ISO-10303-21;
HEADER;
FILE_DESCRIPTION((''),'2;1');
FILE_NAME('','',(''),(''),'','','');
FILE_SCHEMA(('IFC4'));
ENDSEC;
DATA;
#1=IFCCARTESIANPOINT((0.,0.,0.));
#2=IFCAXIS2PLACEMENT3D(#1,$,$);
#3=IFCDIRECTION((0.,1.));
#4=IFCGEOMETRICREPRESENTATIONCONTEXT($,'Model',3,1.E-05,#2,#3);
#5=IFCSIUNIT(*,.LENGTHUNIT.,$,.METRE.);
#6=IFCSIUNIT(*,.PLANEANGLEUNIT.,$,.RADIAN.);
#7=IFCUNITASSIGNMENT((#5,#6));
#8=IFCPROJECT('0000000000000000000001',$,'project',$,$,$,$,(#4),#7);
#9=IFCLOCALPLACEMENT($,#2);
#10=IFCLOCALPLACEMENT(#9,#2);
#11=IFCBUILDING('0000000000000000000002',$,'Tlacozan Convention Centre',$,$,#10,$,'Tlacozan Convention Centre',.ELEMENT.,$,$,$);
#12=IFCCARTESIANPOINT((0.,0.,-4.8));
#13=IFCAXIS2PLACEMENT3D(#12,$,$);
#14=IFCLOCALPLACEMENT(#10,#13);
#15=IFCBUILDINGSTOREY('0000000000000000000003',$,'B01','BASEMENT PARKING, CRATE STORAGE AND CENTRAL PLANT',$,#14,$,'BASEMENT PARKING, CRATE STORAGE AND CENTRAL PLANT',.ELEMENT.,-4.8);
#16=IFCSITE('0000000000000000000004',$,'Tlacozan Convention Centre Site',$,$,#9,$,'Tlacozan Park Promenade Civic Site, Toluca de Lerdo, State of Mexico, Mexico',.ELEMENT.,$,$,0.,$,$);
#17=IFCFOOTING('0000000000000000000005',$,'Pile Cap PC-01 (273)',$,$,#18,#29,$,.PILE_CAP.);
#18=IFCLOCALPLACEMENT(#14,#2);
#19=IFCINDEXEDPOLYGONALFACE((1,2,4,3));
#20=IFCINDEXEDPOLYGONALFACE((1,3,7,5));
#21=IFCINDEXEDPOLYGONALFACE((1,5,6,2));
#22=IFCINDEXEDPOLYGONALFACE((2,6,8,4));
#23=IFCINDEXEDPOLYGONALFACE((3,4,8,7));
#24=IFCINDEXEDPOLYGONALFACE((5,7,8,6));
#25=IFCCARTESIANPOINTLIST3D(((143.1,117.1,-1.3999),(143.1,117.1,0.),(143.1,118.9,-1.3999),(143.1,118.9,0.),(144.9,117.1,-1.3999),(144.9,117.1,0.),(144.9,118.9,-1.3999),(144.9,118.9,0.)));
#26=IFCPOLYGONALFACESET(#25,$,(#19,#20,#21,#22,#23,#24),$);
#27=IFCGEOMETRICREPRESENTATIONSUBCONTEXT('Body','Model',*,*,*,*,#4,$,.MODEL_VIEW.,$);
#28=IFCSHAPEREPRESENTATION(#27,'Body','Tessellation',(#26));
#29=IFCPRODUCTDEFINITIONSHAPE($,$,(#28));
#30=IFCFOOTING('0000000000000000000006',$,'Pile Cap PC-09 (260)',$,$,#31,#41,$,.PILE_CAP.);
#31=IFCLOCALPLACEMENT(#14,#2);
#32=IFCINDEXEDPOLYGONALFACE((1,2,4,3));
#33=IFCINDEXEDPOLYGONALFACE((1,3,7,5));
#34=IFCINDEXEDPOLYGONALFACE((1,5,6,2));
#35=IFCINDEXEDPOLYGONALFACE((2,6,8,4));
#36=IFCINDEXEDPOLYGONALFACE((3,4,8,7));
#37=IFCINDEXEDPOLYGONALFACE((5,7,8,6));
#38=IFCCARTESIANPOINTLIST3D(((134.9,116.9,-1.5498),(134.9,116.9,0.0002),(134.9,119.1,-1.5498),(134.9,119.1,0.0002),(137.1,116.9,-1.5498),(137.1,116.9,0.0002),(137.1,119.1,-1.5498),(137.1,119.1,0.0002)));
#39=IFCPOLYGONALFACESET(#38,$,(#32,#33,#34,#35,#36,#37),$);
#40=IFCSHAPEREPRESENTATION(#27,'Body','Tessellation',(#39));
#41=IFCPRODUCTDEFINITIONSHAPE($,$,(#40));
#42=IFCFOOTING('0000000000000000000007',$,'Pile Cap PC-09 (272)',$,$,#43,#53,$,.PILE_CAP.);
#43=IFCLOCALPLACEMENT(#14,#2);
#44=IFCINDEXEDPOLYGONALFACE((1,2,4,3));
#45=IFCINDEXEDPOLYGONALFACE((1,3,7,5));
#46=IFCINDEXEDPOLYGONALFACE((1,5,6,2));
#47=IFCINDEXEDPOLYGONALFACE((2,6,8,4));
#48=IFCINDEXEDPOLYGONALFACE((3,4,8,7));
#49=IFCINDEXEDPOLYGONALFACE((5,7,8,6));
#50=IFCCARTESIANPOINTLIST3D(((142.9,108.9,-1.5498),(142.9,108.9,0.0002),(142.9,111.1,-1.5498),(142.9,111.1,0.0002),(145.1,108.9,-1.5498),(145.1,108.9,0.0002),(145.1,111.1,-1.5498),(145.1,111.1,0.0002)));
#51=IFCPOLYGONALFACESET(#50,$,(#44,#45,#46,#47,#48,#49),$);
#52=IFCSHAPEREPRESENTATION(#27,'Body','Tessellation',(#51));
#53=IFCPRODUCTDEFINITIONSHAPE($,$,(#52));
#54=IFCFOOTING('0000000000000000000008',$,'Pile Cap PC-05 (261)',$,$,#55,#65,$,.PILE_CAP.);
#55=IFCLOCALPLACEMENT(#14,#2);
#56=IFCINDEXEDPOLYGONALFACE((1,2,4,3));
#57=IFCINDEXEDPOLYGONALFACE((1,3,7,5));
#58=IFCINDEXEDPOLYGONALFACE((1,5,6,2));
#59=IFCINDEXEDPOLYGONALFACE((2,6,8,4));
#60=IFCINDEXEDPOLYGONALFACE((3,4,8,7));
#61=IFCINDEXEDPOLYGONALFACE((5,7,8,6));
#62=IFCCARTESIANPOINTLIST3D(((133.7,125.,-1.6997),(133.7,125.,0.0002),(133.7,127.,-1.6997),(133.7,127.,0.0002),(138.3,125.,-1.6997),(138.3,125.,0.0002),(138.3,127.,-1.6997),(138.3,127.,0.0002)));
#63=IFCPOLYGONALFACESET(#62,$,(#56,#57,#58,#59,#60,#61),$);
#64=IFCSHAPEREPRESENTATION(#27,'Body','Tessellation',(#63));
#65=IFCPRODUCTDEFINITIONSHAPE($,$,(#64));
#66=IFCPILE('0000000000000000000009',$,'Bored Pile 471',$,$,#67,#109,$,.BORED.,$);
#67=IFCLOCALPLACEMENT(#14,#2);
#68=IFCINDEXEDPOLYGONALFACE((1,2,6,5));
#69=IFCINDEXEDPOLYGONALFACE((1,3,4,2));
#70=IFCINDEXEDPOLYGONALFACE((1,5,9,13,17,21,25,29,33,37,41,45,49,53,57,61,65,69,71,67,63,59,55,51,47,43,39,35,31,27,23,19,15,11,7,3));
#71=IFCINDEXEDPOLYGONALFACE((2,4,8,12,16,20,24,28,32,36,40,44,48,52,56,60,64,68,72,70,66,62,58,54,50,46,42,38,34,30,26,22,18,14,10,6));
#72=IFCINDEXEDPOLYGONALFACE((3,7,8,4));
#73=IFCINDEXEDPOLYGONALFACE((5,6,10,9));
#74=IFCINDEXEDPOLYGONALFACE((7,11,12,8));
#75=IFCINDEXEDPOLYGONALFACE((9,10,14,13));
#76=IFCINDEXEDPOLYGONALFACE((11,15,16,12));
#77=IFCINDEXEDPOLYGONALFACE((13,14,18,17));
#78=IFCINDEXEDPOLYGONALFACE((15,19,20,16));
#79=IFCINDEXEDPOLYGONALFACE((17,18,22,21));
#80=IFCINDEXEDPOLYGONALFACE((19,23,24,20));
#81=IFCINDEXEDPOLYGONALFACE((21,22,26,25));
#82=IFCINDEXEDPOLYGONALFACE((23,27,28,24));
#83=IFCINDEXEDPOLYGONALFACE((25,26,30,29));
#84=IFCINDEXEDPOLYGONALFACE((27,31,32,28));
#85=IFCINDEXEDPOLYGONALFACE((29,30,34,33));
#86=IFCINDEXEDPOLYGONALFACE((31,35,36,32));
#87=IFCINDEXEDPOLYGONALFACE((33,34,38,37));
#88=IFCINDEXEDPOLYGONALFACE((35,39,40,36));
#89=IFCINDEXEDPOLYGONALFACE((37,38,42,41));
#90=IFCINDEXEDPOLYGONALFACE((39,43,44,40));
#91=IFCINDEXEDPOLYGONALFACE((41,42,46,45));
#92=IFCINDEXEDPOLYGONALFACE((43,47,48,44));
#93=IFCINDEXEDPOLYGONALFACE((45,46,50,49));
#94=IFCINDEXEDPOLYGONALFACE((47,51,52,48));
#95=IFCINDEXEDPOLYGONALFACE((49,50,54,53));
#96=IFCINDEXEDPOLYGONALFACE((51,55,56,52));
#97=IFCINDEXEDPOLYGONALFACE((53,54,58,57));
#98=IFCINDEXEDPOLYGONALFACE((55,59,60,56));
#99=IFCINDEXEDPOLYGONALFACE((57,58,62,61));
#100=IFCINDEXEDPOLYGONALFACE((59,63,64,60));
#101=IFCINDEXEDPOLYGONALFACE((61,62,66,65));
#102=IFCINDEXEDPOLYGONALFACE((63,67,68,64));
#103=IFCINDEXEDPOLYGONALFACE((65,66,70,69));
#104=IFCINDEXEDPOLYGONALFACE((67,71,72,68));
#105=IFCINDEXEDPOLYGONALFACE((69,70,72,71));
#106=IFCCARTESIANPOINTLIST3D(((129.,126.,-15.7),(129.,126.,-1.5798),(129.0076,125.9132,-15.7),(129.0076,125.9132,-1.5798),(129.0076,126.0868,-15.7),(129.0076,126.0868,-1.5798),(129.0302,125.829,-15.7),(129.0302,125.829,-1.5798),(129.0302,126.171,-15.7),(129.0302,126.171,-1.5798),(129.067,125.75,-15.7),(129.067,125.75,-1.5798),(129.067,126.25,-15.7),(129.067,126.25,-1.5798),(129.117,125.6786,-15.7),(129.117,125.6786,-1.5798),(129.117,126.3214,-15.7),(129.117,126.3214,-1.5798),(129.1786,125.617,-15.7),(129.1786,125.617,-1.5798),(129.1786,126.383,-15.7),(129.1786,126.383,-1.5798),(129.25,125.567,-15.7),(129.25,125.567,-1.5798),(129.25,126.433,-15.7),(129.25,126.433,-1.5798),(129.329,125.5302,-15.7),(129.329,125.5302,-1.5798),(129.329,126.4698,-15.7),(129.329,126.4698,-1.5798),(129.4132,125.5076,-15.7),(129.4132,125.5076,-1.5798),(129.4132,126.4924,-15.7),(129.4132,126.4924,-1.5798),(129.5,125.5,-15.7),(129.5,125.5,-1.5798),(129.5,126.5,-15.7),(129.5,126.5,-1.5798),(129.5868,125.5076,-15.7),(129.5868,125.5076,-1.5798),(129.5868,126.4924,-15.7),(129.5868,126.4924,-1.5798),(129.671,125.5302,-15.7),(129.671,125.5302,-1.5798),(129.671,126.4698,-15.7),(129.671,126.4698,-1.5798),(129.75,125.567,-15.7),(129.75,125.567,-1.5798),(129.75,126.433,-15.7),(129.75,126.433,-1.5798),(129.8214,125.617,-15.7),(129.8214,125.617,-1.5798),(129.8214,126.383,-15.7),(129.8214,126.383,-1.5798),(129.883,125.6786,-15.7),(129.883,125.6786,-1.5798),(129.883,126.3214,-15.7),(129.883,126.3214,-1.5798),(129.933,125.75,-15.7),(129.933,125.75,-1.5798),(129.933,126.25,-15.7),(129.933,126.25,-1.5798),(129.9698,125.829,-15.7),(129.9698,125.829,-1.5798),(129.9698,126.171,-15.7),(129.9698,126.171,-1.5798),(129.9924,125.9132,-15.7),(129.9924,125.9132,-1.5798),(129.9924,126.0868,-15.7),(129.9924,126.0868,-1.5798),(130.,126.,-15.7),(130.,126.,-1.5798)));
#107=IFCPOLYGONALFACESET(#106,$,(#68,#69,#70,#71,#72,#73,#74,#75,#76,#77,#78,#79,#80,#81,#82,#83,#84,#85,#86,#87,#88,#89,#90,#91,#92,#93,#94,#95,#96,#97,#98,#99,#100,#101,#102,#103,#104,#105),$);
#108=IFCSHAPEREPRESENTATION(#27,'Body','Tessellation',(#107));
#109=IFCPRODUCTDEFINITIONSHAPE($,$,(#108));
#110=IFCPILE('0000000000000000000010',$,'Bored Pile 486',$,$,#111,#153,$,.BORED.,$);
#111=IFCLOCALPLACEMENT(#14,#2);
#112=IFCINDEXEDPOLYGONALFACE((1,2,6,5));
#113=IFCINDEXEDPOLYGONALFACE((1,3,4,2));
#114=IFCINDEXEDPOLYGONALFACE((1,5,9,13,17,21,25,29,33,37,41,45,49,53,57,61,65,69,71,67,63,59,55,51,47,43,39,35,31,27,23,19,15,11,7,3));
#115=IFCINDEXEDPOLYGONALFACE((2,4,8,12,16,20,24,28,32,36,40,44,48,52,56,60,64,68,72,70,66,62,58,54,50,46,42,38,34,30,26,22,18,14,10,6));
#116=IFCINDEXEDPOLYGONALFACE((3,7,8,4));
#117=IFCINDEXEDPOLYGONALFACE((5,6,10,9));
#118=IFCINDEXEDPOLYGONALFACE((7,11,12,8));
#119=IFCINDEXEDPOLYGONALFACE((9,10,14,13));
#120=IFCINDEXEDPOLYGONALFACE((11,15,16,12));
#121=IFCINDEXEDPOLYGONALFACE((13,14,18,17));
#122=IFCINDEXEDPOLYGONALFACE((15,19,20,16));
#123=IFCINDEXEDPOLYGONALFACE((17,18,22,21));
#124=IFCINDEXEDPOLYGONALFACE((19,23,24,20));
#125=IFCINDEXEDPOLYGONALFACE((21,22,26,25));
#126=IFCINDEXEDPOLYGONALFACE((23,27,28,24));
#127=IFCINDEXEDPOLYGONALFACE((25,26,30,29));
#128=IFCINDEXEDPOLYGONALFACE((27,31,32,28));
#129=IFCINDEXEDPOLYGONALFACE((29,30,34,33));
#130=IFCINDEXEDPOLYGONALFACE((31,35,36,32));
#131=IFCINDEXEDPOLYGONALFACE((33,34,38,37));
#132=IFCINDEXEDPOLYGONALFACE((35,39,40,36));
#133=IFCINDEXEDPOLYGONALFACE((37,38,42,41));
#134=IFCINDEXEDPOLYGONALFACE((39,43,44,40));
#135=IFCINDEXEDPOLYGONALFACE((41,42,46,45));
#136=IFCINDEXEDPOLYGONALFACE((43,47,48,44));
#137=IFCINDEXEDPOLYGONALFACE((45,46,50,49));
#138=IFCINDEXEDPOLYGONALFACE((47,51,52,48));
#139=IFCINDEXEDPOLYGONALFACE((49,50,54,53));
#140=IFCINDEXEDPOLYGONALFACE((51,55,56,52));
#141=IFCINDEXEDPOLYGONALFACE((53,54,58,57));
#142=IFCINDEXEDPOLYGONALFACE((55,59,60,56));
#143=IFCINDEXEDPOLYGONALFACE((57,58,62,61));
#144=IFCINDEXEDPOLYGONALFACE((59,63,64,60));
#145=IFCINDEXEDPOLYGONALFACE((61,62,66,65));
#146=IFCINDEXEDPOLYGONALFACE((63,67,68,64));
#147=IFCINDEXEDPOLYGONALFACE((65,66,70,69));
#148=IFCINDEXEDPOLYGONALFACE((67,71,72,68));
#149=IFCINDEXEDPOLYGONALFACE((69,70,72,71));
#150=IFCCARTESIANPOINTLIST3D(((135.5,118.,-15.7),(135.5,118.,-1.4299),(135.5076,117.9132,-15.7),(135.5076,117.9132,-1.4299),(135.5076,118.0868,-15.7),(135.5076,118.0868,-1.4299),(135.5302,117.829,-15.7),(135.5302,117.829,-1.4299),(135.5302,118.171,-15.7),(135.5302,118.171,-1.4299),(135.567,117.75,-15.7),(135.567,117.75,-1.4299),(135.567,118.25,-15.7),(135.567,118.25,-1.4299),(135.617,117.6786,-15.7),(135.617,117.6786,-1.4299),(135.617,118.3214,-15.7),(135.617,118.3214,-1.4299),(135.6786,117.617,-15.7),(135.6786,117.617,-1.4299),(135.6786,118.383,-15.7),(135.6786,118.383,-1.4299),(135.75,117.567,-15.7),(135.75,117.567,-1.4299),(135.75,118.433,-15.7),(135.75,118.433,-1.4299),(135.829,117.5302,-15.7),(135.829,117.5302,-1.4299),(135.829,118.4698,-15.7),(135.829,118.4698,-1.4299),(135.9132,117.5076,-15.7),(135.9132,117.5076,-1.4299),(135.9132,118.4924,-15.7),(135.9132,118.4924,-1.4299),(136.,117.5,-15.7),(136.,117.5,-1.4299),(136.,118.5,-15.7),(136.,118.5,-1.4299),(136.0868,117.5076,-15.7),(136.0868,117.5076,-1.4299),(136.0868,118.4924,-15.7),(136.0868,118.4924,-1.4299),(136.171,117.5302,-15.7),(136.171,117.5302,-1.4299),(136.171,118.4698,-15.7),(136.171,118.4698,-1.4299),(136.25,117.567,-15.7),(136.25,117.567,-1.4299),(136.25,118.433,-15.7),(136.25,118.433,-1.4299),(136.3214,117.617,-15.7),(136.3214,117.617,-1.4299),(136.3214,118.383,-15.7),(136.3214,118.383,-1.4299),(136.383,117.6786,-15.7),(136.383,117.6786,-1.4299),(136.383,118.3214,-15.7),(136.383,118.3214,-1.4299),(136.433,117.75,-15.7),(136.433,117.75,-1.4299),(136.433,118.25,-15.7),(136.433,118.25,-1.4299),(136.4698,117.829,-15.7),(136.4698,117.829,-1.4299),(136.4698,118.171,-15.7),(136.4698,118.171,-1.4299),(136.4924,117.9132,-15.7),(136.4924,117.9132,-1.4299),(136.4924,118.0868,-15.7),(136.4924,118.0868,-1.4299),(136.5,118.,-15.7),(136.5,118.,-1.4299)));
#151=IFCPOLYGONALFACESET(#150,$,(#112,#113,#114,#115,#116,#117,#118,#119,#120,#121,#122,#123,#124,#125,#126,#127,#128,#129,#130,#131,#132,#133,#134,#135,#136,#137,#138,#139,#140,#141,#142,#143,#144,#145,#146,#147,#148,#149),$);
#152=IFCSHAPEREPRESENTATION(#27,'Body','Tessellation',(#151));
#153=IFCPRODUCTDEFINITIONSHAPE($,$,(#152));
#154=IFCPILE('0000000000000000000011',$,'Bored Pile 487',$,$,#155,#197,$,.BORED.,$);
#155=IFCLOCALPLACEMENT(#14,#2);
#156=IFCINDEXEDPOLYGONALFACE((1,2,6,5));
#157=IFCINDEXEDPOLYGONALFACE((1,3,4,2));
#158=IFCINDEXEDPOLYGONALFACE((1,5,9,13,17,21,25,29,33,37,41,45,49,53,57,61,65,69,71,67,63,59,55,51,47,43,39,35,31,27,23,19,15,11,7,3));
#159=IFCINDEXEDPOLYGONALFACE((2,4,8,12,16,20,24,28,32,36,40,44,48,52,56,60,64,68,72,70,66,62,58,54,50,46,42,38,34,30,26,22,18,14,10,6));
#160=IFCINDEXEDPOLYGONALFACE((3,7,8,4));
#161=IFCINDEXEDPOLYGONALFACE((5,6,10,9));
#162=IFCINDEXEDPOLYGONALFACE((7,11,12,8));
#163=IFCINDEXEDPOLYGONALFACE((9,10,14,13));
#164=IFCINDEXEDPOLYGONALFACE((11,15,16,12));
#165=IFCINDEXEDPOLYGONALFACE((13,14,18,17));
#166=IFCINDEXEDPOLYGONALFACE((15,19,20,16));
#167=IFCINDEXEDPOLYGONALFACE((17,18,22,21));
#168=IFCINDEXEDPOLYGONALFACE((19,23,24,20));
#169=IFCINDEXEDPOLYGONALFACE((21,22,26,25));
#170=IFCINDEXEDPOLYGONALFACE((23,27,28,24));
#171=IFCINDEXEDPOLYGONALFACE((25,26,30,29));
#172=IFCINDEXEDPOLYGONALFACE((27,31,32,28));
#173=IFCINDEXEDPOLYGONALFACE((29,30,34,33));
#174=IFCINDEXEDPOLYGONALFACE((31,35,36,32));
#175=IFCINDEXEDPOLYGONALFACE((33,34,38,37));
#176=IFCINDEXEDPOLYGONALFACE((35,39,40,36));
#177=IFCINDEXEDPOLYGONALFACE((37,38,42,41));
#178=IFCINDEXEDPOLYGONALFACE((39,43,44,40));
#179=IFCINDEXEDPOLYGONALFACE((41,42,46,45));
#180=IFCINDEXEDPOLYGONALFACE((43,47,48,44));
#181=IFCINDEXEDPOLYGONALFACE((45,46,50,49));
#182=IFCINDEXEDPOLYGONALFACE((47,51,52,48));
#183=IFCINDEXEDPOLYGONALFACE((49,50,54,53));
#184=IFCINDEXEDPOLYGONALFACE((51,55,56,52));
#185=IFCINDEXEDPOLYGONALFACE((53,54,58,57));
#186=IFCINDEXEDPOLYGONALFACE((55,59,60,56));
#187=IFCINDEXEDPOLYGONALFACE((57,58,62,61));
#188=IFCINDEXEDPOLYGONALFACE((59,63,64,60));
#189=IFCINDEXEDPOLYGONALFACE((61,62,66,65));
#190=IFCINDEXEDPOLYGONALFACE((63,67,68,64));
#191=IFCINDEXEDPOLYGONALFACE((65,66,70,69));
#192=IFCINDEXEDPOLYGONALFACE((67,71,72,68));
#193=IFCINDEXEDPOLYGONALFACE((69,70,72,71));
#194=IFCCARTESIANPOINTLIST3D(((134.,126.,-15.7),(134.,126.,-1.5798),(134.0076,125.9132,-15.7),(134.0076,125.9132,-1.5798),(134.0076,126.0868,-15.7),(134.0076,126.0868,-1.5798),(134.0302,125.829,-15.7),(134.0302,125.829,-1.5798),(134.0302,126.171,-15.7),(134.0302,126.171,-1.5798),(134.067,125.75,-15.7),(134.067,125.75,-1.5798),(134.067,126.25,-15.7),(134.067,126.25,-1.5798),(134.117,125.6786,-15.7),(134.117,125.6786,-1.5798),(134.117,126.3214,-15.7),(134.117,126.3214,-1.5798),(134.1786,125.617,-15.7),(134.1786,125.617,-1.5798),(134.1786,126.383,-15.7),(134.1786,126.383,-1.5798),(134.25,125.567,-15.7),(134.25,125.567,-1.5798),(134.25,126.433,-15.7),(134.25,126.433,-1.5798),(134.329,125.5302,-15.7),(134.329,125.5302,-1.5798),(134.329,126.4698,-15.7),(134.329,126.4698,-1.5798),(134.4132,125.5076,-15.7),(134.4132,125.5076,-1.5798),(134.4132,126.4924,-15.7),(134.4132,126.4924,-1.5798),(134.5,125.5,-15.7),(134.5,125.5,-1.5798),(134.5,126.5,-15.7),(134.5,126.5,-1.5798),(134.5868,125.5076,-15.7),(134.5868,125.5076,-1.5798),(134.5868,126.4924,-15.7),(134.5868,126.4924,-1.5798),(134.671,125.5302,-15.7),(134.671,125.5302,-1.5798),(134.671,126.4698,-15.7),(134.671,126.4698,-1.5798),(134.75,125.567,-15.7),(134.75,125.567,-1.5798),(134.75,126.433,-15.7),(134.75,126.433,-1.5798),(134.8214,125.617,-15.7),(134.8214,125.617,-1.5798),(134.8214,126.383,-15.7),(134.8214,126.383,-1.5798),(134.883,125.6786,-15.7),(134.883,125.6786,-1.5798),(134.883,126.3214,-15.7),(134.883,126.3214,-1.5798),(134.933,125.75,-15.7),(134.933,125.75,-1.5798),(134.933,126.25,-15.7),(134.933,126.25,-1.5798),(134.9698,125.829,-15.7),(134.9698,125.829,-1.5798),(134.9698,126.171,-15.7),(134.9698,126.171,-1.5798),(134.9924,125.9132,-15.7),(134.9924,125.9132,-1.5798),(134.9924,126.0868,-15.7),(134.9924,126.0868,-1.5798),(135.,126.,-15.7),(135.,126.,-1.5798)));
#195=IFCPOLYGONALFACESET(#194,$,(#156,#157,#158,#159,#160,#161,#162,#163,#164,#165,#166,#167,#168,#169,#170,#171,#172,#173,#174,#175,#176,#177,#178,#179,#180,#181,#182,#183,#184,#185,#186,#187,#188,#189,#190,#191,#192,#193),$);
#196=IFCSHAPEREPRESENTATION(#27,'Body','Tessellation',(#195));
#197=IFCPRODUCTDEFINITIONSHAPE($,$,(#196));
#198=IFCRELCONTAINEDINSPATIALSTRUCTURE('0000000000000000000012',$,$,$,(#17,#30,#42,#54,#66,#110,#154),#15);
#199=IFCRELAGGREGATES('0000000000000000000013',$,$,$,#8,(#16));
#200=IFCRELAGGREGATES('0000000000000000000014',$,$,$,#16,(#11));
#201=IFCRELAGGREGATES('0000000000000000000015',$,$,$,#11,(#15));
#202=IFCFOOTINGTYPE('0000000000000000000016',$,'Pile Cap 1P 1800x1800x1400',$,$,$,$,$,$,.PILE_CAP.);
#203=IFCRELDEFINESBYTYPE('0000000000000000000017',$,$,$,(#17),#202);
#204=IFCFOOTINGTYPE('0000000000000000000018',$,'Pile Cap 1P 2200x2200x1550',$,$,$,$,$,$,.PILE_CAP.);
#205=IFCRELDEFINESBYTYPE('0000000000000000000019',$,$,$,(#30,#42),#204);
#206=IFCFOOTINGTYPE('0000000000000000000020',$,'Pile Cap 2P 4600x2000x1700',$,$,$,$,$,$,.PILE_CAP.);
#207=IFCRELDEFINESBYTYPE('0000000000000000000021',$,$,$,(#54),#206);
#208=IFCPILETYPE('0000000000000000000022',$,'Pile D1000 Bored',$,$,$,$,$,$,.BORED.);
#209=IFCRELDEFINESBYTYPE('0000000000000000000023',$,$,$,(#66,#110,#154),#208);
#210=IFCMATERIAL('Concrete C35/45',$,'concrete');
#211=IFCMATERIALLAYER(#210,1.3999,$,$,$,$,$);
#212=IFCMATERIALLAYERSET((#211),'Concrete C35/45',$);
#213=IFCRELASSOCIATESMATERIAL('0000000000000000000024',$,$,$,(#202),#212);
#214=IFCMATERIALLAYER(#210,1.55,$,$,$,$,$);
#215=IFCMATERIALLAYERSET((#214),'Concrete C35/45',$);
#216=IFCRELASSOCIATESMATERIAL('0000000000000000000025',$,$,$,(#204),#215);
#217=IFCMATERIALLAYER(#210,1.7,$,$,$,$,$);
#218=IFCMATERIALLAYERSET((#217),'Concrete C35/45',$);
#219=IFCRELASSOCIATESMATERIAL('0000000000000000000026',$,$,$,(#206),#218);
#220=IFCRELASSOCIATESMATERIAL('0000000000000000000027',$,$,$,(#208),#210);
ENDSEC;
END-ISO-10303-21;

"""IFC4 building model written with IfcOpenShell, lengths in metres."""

from ifc_helpers import new_model, si_unit, direction, frame, origin, origin_2d, place, context, subcontext, project, spatial, rectangle, circle, extrude, material, layer, layer_set, material_profile, profile_set, type_object, element, save


model = new_model("IFC4")

# Units and contexts
model_context = context("Model", 3, precision=1e-05, world=origin(), true_north=direction((0.0, 1.0)))
body_context = subcontext(model_context, "Body", "Model", "MODEL_VIEW")
ifc_project = project(units=[si_unit("LENGTHUNIT", "METRE"), si_unit("PLANEANGLEUNIT", "RADIAN")], contexts=[model_context])

# Site, building, storey
site_placement = place(None, origin())
site = spatial("IfcSite", under=ifc_project, at=site_placement, Name="Tlacozan Convention Centre Site", LongName="Tlacozan Park Promenade Civic Site, Toluca de Lerdo, State of Mexico, Mexico", CompositionType="ELEMENT", RefElevation=0.0)
building_placement = place(site_placement, origin())
building = spatial("IfcBuilding", under=site, at=building_placement, Name="Tlacozan Convention Centre", LongName="Tlacozan Convention Centre", CompositionType="ELEMENT")
storey_placement = place(building_placement, frame((0.0, 0.0, -4.8)))
storey = spatial("IfcBuildingStorey", under=building, at=storey_placement, Name="B01", Description="BASEMENT PARKING, CRATE STORAGE AND CENTRAL PLANT", LongName="BASEMENT PARKING, CRATE STORAGE AND CENTRAL PLANT", CompositionType="ELEMENT", Elevation=-4.8)

# Footings
ifc_material_1 = material(Name="Concrete C35/45", Category="concrete")
ifc_layer_1 = layer(ifc_material_1, 1.3999)
ifc_layer_set_1 = layer_set([ifc_layer_1], Name="Concrete C35/45")
footing_type_1 = type_object("IfcFootingType", Name="Pile Cap 1P 1800x1800x1400", PredefinedType="PILE_CAP", material=ifc_layer_set_1)
footing_1_placement = place(storey_placement, frame((144.0, 118.0, -1.3999), z_axis=(0.0, 0.0, 1.0), x_axis=(1.0, 0.0, 0.0)))
element("IfcFooting", 1, at=footing_1_placement, inside=storey, type_object=footing_type_1, Name="Pile Cap PC-01 (273)", PredefinedType="PILE_CAP", context=body_context, shape_type="SweptSolid", body=[
    extrude(rectangle(XDim=1.8, YDim=1.8, at=origin_2d()), origin(), (0.0, 0.0, 1.0), 1.3999),
])
ifc_layer_2 = layer(ifc_material_1, 1.55)
ifc_layer_set_2 = layer_set([ifc_layer_2], Name="Concrete C35/45")
footing_type_2 = type_object("IfcFootingType", Name="Pile Cap 1P 2200x2200x1550", PredefinedType="PILE_CAP", material=ifc_layer_set_2)
for number, where, z_axis, x_axis, name in (
    (2, (136.0, 118.0, -1.5498), (0.0, 0.0, 1.0), (1.0, 0.0, 0.0), "Pile Cap PC-09 (260)"),
    (3, (144.0, 110.0, -1.5498), (0.0, 0.0, 1.0), (1.0, 0.0, 0.0), "Pile Cap PC-09 (272)"),
):
    element("IfcFooting", number, at=place(storey_placement, frame(where, z_axis=z_axis, x_axis=x_axis)), inside=storey, type_object=footing_type_2, Name=name, PredefinedType="PILE_CAP", context=body_context, shape_type="SweptSolid", body=[
        extrude(rectangle(XDim=2.2, YDim=2.2, at=origin_2d()), origin(), (0.0, 0.0, 1.0), 1.55),
    ])
ifc_layer_3 = layer(ifc_material_1, 1.7)
ifc_layer_set_3 = layer_set([ifc_layer_3], Name="Concrete C35/45")
footing_type_3 = type_object("IfcFootingType", Name="Pile Cap 2P 4600x2000x1700", PredefinedType="PILE_CAP", material=ifc_layer_set_3)
footing_2_placement = place(storey_placement, frame((136.0, 126.0, -1.6997), z_axis=(0.0, 0.0, 1.0), x_axis=(1.0, 0.0, 0.0)))
element("IfcFooting", 4, at=footing_2_placement, inside=storey, type_object=footing_type_3, Name="Pile Cap PC-05 (261)", PredefinedType="PILE_CAP", context=body_context, shape_type="SweptSolid", body=[
    extrude(rectangle(XDim=4.6001, YDim=2.0, at=origin_2d()), origin(), (0.0, 0.0, 1.0), 1.7),
])

# Piles
ifc_material_profile_1 = material_profile(ifc_material_1, circle(Radius=0.5, at=origin_2d()), Name="PILE D1000")
ifc_profile_set_1 = profile_set([ifc_material_profile_1], Name="Concrete C35/45")
pile_type_1 = type_object("IfcPileType", Name="Pile D1000 Bored", PredefinedType="BORED", material=ifc_profile_set_1)
pile_1_placement = place(storey_placement, frame((129.5, 126.0, -1.5798), z_axis=(0.0, 0.0, -1.0), x_axis=(1.0, 0.0, 0.0)))
element("IfcPile", 5, at=pile_1_placement, inside=storey, type_object=pile_type_1, Name="Bored Pile 471", PredefinedType="BORED", context=body_context, shape_type="SweptSolid", body=[
    extrude(circle(Radius=0.5, at=origin_2d()), origin(), (0.0, 0.0, 1.0), 14.1201),
])
pile_2_placement = place(storey_placement, frame((136.0, 118.0, -1.4299), z_axis=(0.0, 0.0, -1.0), x_axis=(1.0, 0.0, 0.0)))
element("IfcPile", 6, at=pile_2_placement, inside=storey, type_object=pile_type_1, Name="Bored Pile 486", PredefinedType="BORED", context=body_context, shape_type="SweptSolid", body=[
    extrude(circle(Radius=0.5, at=origin_2d()), origin(), (0.0, 0.0, 1.0), 14.27),
])
for number, where, z_axis, x_axis, name in (
    (7, (134.5, 126.0, -1.5798), (0.0, 0.0, -1.0), (1.0, 0.0, 0.0), "Bored Pile 487"),
):
    element("IfcPile", number, at=place(storey_placement, frame(where, z_axis=z_axis, x_axis=x_axis)), inside=storey, type_object=pile_type_1, Name=name, PredefinedType="BORED", context=body_context, shape_type="SweptSolid", body=[
        extrude(circle(Radius=0.5, at=origin_2d()), origin(), (0.0, 0.0, 1.0), 14.1201),
    ])

save(model, "model.ifc")
